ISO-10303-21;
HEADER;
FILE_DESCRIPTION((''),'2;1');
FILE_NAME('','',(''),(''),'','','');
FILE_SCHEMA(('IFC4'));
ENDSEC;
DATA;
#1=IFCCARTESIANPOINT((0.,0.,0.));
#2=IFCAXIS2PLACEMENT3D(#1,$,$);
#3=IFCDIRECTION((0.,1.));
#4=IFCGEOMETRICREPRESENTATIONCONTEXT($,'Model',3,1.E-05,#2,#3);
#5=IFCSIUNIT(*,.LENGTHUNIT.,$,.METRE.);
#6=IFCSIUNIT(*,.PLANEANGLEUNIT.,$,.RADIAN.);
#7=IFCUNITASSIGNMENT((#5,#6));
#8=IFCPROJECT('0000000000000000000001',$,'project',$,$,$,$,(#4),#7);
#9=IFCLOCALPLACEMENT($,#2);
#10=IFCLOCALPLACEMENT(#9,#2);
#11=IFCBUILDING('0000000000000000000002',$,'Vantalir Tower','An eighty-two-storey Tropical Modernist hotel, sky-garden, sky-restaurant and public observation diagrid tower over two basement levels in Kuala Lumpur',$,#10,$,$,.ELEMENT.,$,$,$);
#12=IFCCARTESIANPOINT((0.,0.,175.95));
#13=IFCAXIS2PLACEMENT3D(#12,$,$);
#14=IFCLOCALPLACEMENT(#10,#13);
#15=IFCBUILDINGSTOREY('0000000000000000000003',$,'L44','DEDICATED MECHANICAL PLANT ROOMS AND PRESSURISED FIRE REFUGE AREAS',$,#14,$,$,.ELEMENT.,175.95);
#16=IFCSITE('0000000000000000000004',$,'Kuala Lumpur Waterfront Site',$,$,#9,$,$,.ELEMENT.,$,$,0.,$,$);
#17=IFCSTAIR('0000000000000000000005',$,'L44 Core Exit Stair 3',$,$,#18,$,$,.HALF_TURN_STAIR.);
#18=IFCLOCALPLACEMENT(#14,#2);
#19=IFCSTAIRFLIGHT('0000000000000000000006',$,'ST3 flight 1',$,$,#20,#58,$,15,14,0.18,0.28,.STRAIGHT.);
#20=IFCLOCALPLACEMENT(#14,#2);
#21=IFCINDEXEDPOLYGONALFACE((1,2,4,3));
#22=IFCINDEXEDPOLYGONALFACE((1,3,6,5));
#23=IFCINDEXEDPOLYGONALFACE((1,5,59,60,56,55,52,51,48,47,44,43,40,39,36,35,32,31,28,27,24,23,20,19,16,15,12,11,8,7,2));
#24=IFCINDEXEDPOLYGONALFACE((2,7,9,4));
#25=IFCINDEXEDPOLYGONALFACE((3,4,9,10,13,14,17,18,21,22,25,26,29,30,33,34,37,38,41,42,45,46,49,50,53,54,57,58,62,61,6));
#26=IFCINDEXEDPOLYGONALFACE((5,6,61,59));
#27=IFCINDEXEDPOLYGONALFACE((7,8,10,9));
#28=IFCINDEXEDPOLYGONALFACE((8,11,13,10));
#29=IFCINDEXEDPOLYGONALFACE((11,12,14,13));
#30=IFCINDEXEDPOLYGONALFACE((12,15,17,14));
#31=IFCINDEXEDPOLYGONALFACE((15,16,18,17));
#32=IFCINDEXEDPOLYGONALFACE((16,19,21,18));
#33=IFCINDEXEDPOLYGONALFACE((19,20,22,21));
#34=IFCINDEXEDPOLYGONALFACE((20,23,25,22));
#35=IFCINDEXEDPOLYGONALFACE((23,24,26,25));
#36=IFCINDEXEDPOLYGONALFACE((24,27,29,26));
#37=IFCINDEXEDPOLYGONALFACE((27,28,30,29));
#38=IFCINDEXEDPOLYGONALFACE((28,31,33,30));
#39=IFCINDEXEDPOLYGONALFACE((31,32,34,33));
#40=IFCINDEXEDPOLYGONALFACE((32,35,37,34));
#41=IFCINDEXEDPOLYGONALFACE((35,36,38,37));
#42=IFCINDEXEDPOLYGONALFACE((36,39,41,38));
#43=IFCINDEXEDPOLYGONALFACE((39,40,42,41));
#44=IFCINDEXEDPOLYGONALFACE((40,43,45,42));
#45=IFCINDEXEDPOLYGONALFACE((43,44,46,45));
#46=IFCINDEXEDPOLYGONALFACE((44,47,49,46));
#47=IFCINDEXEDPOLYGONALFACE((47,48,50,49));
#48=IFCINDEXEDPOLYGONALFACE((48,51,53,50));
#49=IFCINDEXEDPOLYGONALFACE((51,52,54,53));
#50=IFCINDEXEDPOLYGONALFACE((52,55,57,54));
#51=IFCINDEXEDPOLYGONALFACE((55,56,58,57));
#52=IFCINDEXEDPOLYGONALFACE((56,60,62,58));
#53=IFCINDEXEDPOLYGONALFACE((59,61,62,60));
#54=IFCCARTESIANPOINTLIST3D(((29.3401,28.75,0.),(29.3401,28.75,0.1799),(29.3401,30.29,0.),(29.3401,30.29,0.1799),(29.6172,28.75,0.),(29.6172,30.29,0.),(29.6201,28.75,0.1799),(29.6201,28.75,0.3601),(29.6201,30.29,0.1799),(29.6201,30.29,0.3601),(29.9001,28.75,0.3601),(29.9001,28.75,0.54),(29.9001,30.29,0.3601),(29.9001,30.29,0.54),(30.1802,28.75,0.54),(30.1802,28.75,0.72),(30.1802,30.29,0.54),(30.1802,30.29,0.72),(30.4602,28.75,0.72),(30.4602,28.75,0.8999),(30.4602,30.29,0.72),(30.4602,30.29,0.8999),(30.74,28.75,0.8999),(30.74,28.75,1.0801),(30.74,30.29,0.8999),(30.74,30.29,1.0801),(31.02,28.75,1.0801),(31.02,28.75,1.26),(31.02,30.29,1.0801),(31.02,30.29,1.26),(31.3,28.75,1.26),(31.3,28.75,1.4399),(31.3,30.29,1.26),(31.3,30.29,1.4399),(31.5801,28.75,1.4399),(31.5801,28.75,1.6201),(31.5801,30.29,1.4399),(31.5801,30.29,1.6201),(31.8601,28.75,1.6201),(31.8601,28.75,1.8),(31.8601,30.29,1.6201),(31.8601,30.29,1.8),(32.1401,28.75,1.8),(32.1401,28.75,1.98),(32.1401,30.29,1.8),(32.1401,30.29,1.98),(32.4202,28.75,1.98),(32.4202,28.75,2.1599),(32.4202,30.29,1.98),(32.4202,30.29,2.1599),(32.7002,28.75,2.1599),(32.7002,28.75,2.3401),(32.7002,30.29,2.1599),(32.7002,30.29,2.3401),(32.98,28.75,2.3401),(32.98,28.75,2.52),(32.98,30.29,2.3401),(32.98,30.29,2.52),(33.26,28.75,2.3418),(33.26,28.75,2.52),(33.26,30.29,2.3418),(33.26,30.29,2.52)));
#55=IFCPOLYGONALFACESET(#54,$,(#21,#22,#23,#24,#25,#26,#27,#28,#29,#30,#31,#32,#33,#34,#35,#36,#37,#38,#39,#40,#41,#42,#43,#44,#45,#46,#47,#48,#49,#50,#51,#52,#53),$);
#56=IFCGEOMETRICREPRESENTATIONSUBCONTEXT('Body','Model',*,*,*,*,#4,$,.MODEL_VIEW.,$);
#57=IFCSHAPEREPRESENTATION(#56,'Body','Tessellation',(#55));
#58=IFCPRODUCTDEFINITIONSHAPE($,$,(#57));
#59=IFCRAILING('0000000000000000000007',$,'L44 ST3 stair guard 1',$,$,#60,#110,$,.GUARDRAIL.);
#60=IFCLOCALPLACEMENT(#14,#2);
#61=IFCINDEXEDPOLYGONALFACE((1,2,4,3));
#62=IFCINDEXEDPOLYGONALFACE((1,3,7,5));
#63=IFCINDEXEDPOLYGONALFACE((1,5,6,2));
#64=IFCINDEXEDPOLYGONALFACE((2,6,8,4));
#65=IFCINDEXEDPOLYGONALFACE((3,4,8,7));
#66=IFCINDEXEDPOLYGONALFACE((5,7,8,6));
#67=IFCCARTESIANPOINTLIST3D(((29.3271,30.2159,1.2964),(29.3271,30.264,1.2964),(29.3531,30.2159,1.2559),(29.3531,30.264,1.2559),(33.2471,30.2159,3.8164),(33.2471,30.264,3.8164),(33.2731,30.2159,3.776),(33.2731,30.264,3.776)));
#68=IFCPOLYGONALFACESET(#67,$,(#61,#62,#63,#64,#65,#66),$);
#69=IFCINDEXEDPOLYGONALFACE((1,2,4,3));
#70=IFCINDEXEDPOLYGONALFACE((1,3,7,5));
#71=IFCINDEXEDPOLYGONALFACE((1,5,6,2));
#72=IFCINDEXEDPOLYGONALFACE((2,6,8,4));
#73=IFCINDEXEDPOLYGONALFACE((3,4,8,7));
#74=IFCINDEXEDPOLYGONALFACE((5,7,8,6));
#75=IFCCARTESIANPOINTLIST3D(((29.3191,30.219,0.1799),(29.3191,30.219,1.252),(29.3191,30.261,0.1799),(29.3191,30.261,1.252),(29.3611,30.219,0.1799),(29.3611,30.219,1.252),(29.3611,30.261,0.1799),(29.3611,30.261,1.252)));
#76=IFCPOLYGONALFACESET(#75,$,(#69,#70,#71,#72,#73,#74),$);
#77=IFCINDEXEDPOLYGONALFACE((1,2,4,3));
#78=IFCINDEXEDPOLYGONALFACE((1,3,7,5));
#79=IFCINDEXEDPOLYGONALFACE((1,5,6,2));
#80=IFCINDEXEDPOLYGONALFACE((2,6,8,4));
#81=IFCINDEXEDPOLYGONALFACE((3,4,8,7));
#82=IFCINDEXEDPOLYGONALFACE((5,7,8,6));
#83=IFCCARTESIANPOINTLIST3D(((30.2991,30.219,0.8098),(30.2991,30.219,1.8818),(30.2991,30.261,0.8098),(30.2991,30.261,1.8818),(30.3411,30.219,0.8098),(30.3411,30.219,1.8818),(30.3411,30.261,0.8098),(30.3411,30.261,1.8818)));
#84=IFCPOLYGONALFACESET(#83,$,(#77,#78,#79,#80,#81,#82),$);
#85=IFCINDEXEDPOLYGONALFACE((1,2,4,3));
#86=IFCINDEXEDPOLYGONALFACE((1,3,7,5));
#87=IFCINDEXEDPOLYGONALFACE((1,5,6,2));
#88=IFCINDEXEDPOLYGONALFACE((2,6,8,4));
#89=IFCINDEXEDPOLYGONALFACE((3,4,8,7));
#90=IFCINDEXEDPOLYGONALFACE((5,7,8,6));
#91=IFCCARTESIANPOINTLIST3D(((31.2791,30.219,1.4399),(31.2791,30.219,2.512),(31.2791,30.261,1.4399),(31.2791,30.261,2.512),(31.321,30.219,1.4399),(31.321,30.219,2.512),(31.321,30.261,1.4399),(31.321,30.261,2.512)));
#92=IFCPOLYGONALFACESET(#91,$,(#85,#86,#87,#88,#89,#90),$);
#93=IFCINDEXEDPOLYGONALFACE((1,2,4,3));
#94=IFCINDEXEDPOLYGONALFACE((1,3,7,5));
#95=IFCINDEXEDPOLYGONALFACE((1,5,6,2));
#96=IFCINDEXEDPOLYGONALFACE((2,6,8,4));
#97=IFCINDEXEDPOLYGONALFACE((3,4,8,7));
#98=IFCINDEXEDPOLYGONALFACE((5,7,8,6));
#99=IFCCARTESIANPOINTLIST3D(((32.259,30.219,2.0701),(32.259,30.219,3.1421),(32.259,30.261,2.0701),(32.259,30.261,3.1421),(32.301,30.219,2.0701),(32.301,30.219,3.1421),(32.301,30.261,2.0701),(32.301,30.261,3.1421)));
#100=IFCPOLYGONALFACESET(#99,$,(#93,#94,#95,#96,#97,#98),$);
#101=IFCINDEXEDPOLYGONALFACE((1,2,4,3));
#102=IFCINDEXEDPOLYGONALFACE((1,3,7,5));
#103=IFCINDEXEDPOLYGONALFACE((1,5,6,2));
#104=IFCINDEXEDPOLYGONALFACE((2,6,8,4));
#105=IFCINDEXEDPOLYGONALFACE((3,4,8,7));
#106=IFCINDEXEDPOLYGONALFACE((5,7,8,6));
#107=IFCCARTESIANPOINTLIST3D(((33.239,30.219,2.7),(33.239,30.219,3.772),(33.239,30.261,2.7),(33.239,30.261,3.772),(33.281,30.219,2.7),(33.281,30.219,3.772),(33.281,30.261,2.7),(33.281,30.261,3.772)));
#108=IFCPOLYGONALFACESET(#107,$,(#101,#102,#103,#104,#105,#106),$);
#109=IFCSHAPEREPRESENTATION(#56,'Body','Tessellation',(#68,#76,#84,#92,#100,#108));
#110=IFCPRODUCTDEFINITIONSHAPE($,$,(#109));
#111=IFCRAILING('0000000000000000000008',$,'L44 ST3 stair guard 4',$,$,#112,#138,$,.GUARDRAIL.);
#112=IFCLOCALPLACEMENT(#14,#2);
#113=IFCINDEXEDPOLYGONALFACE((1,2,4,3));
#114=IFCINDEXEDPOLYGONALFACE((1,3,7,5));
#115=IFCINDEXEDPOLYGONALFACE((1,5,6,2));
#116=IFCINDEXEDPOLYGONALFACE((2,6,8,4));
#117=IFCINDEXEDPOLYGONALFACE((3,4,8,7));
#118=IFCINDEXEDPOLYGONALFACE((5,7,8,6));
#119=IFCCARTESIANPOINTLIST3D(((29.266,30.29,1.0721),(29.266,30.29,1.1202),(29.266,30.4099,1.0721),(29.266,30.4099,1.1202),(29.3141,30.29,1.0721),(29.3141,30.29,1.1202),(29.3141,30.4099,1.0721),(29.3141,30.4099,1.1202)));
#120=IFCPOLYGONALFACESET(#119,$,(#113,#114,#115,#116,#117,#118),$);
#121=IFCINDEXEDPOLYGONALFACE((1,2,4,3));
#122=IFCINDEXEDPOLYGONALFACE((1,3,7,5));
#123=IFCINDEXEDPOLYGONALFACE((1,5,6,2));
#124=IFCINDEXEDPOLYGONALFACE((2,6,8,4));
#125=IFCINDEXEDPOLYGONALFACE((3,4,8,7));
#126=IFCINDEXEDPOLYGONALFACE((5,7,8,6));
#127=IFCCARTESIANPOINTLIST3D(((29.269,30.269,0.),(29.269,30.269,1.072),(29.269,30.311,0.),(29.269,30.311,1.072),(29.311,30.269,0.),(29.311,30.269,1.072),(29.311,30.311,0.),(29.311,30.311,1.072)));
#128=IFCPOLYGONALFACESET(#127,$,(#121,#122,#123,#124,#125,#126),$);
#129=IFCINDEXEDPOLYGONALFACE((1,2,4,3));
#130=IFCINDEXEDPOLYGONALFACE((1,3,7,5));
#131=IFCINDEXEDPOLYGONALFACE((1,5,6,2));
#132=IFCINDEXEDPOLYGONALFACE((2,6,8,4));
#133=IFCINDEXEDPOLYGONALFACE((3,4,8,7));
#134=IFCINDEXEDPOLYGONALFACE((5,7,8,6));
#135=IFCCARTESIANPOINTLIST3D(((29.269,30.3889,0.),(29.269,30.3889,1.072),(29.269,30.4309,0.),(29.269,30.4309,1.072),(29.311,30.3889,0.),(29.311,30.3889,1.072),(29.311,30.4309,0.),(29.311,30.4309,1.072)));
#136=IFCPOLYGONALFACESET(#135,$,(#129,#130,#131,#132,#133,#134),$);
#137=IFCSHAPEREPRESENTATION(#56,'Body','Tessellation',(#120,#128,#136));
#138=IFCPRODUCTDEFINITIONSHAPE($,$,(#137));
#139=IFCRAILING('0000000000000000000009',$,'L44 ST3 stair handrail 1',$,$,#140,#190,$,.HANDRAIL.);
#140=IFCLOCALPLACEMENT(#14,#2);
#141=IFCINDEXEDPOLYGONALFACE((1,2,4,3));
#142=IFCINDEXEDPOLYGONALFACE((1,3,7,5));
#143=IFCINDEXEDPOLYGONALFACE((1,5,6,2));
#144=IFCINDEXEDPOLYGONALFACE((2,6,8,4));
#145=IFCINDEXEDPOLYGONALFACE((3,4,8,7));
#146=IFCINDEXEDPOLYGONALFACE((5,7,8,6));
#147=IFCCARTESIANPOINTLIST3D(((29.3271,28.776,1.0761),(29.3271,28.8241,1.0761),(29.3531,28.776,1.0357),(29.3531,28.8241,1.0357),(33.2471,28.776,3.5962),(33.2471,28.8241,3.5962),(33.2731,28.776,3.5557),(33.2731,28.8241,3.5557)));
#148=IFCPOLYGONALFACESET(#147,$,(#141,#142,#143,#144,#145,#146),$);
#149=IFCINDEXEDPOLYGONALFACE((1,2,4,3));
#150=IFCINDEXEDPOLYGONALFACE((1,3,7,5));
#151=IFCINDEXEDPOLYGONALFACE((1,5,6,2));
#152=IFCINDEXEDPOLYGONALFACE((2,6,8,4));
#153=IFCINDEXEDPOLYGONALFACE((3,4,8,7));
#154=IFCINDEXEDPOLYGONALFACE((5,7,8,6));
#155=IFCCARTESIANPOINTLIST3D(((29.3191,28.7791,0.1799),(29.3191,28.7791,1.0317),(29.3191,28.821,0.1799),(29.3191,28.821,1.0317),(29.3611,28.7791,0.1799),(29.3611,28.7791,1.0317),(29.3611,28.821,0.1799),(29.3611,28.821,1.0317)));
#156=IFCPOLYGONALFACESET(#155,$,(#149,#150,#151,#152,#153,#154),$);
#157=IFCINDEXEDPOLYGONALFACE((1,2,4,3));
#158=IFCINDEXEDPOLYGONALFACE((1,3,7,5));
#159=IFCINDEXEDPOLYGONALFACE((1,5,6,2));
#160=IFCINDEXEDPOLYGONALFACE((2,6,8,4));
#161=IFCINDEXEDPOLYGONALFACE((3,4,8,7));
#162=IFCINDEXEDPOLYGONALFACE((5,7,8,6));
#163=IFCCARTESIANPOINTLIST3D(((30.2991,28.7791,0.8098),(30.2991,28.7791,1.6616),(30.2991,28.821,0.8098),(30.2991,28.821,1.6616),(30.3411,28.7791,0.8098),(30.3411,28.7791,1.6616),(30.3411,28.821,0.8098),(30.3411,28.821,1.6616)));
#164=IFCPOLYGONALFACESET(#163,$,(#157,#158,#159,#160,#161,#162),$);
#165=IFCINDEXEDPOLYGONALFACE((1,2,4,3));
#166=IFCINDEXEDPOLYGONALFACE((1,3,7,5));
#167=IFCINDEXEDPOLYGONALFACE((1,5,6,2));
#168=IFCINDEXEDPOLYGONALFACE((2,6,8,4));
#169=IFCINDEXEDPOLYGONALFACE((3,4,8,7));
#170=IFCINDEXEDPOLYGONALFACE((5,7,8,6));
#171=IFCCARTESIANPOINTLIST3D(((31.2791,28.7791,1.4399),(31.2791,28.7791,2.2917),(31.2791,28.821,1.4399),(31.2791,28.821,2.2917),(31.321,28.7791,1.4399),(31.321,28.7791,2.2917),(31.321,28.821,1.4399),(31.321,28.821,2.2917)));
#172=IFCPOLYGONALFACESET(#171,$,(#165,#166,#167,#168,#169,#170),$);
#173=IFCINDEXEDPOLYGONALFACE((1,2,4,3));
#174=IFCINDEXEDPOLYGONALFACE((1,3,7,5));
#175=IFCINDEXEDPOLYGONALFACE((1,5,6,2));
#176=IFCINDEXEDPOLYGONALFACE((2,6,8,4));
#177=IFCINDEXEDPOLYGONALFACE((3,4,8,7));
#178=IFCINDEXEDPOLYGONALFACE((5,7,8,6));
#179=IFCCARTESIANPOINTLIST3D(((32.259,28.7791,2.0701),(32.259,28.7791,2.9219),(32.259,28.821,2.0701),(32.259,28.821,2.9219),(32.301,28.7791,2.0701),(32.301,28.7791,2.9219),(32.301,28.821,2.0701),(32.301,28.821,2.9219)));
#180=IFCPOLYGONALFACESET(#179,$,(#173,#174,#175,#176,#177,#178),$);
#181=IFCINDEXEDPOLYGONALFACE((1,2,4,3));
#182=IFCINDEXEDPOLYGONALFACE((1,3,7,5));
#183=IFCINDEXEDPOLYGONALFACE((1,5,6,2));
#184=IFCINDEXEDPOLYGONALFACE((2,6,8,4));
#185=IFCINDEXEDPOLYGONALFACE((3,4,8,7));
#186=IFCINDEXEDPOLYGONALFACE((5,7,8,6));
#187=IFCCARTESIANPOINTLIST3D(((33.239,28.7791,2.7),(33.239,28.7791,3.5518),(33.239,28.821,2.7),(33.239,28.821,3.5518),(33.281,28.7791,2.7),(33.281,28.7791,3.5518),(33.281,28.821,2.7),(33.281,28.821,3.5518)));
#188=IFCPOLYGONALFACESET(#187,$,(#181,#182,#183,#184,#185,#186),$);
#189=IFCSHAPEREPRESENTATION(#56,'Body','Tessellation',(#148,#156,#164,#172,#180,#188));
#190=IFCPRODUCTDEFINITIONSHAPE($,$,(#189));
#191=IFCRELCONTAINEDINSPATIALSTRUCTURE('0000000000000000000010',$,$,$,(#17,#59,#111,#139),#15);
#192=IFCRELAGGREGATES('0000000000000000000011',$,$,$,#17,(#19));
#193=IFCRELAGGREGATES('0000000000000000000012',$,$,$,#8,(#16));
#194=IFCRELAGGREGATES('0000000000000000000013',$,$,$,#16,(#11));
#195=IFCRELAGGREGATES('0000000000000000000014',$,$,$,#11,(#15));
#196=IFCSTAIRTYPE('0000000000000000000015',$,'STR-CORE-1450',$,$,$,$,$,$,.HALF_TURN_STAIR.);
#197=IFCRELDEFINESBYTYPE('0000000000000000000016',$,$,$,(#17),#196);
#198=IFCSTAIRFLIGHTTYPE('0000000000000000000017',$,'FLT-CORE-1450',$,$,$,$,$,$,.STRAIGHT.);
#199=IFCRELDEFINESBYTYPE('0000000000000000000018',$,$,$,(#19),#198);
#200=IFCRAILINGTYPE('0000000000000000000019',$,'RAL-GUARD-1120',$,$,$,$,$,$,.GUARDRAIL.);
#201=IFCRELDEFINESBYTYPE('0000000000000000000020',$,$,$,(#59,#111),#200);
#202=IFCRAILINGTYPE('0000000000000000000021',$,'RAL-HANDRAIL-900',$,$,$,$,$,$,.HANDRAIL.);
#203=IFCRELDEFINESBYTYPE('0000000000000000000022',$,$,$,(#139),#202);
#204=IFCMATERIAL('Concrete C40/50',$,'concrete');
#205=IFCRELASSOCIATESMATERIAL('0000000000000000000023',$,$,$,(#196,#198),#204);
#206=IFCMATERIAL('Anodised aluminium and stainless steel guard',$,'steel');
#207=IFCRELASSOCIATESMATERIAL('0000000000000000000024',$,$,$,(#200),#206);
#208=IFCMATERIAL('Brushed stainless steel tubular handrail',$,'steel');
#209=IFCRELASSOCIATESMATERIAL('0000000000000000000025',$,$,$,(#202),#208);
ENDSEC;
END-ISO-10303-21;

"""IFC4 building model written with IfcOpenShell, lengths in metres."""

from ifc_helpers import new_model, si_unit, direction, frame, origin, origin_2d, place, context, subcontext, project, spatial, polyline, rectangle, outline, extrude, material, type_object, element, aggregate, save


model = new_model("IFC4")

# Units and contexts
model_context = context("Model", 3, precision=1e-05, world=origin(), true_north=direction((0.0, 1.0)))
body_context = subcontext(model_context, "Body", "Model", "MODEL_VIEW")
ifc_project = project(units=[si_unit("LENGTHUNIT", "METRE"), si_unit("PLANEANGLEUNIT", "RADIAN")], contexts=[model_context])

# Site, building, storey
site_placement = place(None, origin())
site = spatial("IfcSite", under=ifc_project, at=site_placement, Name="Kuala Lumpur Waterfront Site", CompositionType="ELEMENT", RefElevation=0.0)
building_placement = place(site_placement, origin())
building = spatial("IfcBuilding", under=site, at=building_placement, Name="Vantalir Tower", Description="An eighty-two-storey Tropical Modernist hotel, sky-garden, sky-restaurant and public observation diagrid tower over two basement levels in Kuala Lumpur", CompositionType="ELEMENT")
storey_placement = place(building_placement, frame((0.0, 0.0, 175.95)))
storey = spatial("IfcBuildingStorey", under=building, at=storey_placement, Name="L44", Description="DEDICATED MECHANICAL PLANT ROOMS AND PRESSURISED FIRE REFUGE AREAS", CompositionType="ELEMENT", Elevation=175.95)

# Stair, stair flight
ifc_material_1 = material(Name="Concrete C40/50", Category="concrete")
stair_type = type_object("IfcStairType", Name="STR-CORE-1450", PredefinedType="HALF_TURN_STAIR", material=ifc_material_1)
stair_placement = place(storey_placement, origin())
stair = element("IfcStair", 1, at=stair_placement, inside=storey, type_object=stair_type, Name="L44 Core Exit Stair 3", PredefinedType="HALF_TURN_STAIR")
stair_flight_type = type_object("IfcStairFlightType", Name="FLT-CORE-1450", PredefinedType="STRAIGHT", material=ifc_material_1)
stair_flight_placement = place(storey_placement, frame((29.3401, 29.52, 0.0), z_axis=(0.0, 0.0, 1.0), x_axis=(1.0, 0.0, 0.0)))
stair_flight = element("IfcStairFlight", 2, at=stair_flight_placement, type_object=stair_flight_type, Name="ST3 flight 1", NumberOfRisers=15, NumberOfTreads=14, PredefinedType="STRAIGHT", RiserHeight=0.18, TreadLength=0.28, context=body_context, shape_type="SweptSolid", body=[
    extrude(outline(polyline([(0.0, 0.0), (0.0, 0.1799), (0.28, 0.1799), (0.28, 0.3601), (0.5601, 0.3601), (0.5601, 0.54), (0.8401, 0.54), (0.8401, 0.72), (1.1201, 0.72), (1.1201, 0.8999), (1.3999, 0.8999), (1.3999, 1.0801), (1.6799, 1.0801), (1.6799, 1.26), (1.96, 1.26), (1.96, 1.4399), (2.24, 1.4399), (2.24, 1.6201), (2.52, 1.6201), (2.52, 1.8), (2.8, 1.8), (2.8, 1.98), (3.0801, 1.98), (3.0801, 2.1599), (3.3601, 2.1599), (3.3601, 2.3401), (3.6399, 2.3401), (3.6399, 2.52), (3.9199, 2.52), (3.9199, 2.7), (3.9199, 2.3418), (0.2771, 0.0), (0.0, 0.0)])), frame((0.0, 0.77, 0.0), z_axis=(0.0, -1.0, 0.0), x_axis=(1.0, 0.0, 0.0)), (0.0, 0.0, 1.0), 1.54),
])
aggregate(stair, [stair_flight])

# Railings
ifc_material_2 = material(Name="Anodised aluminium and stainless steel guard", Category="steel")
railing_type_1 = type_object("IfcRailingType", Name="RAL-GUARD-1120", PredefinedType="GUARDRAIL", material=ifc_material_2)
railing_1_placement = place(storey_placement, frame((29.3401, 30.24, 0.1799)))
element("IfcRailing", 3, at=railing_1_placement, inside=storey, type_object=railing_type_1, Name="L44 ST3 stair guard 1", PredefinedType="GUARDRAIL", context=body_context, shape_type="SweptSolid", body=[
    extrude(rectangle(XDim=0.0481, YDim=0.0481, at=origin_2d()), frame((0.0, 0.0, 1.0962), z_axis=(0.841172, 0.0, 0.540768), x_axis=(0.0, 1.0, 0.0)), (0.0, 0.0, 1.0), 4.6602),
    extrude(rectangle(XDim=0.042, YDim=0.042, at=origin_2d()), origin(), (0.0, 0.0, 1.0), 1.072),
    extrude(rectangle(XDim=0.042, YDim=0.042, at=origin_2d()), frame((0.98, 0.0, 0.6299)), (0.0, 0.0, 1.0), 1.072),
    extrude(rectangle(XDim=0.042, YDim=0.042, at=origin_2d()), frame((1.96, 0.0, 1.26)), (0.0, 0.0, 1.0), 1.072),
    extrude(rectangle(XDim=0.042, YDim=0.042, at=origin_2d()), frame((2.9399, 0.0, 1.8901)), (0.0, 0.0, 1.0), 1.072),
    extrude(rectangle(XDim=0.042, YDim=0.042, at=origin_2d()), frame((3.9199, 0.0, 2.52)), (0.0, 0.0, 1.0), 1.072),
])
railing_2_placement = place(storey_placement, frame((29.29, 30.29, 0.0)))
element("IfcRailing", 4, at=railing_2_placement, inside=storey, type_object=railing_type_1, Name="L44 ST3 stair guard 4", PredefinedType="GUARDRAIL", context=body_context, shape_type="SweptSolid", body=[
    extrude(rectangle(XDim=0.0481, YDim=0.0481, at=origin_2d()), frame((0.0, 0.0, 1.0962), z_axis=(0.0, 1.0, 0.0), x_axis=(-1.0, 0.0, 0.0)), (0.0, 0.0, 1.0), 0.1199),
    extrude(rectangle(XDim=0.042, YDim=0.042, at=origin_2d()), origin(), (0.0, 0.0, 1.0), 1.072),
    extrude(rectangle(XDim=0.042, YDim=0.042, at=origin_2d()), frame((0.0, 0.1199, 0.0)), (0.0, 0.0, 1.0), 1.072),
])
ifc_material_3 = material(Name="Brushed stainless steel tubular handrail", Category="steel")
railing_type_2 = type_object("IfcRailingType", Name="RAL-HANDRAIL-900", PredefinedType="HANDRAIL", material=ifc_material_3)
railing_3_placement = place(storey_placement, frame((29.3401, 28.8, 0.1799)))
element("IfcRailing", 5, at=railing_3_placement, inside=storey, type_object=railing_type_2, Name="L44 ST3 stair handrail 1", PredefinedType="HANDRAIL", context=body_context, shape_type="SweptSolid", body=[
    extrude(rectangle(XDim=0.0481, YDim=0.0481, at=origin_2d()), frame((0.0, 0.0, 0.876), z_axis=(0.841172, 0.0, 0.540768), x_axis=(0.0, 1.0, 0.0)), (0.0, 0.0, 1.0), 4.6602),
    extrude(rectangle(XDim=0.042, YDim=0.042, at=origin_2d()), origin(), (0.0, 0.0, 1.0), 0.8518),
    extrude(rectangle(XDim=0.042, YDim=0.042, at=origin_2d()), frame((0.98, 0.0, 0.6299)), (0.0, 0.0, 1.0), 0.8518),
    extrude(rectangle(XDim=0.042, YDim=0.042, at=origin_2d()), frame((1.96, 0.0, 1.26)), (0.0, 0.0, 1.0), 0.8518),
    extrude(rectangle(XDim=0.042, YDim=0.042, at=origin_2d()), frame((2.9399, 0.0, 1.8901)), (0.0, 0.0, 1.0), 0.8518),
    extrude(rectangle(XDim=0.042, YDim=0.042, at=origin_2d()), frame((3.9199, 0.0, 2.52)), (0.0, 0.0, 1.0), 0.8518),
])

save(model, "model.ifc")
